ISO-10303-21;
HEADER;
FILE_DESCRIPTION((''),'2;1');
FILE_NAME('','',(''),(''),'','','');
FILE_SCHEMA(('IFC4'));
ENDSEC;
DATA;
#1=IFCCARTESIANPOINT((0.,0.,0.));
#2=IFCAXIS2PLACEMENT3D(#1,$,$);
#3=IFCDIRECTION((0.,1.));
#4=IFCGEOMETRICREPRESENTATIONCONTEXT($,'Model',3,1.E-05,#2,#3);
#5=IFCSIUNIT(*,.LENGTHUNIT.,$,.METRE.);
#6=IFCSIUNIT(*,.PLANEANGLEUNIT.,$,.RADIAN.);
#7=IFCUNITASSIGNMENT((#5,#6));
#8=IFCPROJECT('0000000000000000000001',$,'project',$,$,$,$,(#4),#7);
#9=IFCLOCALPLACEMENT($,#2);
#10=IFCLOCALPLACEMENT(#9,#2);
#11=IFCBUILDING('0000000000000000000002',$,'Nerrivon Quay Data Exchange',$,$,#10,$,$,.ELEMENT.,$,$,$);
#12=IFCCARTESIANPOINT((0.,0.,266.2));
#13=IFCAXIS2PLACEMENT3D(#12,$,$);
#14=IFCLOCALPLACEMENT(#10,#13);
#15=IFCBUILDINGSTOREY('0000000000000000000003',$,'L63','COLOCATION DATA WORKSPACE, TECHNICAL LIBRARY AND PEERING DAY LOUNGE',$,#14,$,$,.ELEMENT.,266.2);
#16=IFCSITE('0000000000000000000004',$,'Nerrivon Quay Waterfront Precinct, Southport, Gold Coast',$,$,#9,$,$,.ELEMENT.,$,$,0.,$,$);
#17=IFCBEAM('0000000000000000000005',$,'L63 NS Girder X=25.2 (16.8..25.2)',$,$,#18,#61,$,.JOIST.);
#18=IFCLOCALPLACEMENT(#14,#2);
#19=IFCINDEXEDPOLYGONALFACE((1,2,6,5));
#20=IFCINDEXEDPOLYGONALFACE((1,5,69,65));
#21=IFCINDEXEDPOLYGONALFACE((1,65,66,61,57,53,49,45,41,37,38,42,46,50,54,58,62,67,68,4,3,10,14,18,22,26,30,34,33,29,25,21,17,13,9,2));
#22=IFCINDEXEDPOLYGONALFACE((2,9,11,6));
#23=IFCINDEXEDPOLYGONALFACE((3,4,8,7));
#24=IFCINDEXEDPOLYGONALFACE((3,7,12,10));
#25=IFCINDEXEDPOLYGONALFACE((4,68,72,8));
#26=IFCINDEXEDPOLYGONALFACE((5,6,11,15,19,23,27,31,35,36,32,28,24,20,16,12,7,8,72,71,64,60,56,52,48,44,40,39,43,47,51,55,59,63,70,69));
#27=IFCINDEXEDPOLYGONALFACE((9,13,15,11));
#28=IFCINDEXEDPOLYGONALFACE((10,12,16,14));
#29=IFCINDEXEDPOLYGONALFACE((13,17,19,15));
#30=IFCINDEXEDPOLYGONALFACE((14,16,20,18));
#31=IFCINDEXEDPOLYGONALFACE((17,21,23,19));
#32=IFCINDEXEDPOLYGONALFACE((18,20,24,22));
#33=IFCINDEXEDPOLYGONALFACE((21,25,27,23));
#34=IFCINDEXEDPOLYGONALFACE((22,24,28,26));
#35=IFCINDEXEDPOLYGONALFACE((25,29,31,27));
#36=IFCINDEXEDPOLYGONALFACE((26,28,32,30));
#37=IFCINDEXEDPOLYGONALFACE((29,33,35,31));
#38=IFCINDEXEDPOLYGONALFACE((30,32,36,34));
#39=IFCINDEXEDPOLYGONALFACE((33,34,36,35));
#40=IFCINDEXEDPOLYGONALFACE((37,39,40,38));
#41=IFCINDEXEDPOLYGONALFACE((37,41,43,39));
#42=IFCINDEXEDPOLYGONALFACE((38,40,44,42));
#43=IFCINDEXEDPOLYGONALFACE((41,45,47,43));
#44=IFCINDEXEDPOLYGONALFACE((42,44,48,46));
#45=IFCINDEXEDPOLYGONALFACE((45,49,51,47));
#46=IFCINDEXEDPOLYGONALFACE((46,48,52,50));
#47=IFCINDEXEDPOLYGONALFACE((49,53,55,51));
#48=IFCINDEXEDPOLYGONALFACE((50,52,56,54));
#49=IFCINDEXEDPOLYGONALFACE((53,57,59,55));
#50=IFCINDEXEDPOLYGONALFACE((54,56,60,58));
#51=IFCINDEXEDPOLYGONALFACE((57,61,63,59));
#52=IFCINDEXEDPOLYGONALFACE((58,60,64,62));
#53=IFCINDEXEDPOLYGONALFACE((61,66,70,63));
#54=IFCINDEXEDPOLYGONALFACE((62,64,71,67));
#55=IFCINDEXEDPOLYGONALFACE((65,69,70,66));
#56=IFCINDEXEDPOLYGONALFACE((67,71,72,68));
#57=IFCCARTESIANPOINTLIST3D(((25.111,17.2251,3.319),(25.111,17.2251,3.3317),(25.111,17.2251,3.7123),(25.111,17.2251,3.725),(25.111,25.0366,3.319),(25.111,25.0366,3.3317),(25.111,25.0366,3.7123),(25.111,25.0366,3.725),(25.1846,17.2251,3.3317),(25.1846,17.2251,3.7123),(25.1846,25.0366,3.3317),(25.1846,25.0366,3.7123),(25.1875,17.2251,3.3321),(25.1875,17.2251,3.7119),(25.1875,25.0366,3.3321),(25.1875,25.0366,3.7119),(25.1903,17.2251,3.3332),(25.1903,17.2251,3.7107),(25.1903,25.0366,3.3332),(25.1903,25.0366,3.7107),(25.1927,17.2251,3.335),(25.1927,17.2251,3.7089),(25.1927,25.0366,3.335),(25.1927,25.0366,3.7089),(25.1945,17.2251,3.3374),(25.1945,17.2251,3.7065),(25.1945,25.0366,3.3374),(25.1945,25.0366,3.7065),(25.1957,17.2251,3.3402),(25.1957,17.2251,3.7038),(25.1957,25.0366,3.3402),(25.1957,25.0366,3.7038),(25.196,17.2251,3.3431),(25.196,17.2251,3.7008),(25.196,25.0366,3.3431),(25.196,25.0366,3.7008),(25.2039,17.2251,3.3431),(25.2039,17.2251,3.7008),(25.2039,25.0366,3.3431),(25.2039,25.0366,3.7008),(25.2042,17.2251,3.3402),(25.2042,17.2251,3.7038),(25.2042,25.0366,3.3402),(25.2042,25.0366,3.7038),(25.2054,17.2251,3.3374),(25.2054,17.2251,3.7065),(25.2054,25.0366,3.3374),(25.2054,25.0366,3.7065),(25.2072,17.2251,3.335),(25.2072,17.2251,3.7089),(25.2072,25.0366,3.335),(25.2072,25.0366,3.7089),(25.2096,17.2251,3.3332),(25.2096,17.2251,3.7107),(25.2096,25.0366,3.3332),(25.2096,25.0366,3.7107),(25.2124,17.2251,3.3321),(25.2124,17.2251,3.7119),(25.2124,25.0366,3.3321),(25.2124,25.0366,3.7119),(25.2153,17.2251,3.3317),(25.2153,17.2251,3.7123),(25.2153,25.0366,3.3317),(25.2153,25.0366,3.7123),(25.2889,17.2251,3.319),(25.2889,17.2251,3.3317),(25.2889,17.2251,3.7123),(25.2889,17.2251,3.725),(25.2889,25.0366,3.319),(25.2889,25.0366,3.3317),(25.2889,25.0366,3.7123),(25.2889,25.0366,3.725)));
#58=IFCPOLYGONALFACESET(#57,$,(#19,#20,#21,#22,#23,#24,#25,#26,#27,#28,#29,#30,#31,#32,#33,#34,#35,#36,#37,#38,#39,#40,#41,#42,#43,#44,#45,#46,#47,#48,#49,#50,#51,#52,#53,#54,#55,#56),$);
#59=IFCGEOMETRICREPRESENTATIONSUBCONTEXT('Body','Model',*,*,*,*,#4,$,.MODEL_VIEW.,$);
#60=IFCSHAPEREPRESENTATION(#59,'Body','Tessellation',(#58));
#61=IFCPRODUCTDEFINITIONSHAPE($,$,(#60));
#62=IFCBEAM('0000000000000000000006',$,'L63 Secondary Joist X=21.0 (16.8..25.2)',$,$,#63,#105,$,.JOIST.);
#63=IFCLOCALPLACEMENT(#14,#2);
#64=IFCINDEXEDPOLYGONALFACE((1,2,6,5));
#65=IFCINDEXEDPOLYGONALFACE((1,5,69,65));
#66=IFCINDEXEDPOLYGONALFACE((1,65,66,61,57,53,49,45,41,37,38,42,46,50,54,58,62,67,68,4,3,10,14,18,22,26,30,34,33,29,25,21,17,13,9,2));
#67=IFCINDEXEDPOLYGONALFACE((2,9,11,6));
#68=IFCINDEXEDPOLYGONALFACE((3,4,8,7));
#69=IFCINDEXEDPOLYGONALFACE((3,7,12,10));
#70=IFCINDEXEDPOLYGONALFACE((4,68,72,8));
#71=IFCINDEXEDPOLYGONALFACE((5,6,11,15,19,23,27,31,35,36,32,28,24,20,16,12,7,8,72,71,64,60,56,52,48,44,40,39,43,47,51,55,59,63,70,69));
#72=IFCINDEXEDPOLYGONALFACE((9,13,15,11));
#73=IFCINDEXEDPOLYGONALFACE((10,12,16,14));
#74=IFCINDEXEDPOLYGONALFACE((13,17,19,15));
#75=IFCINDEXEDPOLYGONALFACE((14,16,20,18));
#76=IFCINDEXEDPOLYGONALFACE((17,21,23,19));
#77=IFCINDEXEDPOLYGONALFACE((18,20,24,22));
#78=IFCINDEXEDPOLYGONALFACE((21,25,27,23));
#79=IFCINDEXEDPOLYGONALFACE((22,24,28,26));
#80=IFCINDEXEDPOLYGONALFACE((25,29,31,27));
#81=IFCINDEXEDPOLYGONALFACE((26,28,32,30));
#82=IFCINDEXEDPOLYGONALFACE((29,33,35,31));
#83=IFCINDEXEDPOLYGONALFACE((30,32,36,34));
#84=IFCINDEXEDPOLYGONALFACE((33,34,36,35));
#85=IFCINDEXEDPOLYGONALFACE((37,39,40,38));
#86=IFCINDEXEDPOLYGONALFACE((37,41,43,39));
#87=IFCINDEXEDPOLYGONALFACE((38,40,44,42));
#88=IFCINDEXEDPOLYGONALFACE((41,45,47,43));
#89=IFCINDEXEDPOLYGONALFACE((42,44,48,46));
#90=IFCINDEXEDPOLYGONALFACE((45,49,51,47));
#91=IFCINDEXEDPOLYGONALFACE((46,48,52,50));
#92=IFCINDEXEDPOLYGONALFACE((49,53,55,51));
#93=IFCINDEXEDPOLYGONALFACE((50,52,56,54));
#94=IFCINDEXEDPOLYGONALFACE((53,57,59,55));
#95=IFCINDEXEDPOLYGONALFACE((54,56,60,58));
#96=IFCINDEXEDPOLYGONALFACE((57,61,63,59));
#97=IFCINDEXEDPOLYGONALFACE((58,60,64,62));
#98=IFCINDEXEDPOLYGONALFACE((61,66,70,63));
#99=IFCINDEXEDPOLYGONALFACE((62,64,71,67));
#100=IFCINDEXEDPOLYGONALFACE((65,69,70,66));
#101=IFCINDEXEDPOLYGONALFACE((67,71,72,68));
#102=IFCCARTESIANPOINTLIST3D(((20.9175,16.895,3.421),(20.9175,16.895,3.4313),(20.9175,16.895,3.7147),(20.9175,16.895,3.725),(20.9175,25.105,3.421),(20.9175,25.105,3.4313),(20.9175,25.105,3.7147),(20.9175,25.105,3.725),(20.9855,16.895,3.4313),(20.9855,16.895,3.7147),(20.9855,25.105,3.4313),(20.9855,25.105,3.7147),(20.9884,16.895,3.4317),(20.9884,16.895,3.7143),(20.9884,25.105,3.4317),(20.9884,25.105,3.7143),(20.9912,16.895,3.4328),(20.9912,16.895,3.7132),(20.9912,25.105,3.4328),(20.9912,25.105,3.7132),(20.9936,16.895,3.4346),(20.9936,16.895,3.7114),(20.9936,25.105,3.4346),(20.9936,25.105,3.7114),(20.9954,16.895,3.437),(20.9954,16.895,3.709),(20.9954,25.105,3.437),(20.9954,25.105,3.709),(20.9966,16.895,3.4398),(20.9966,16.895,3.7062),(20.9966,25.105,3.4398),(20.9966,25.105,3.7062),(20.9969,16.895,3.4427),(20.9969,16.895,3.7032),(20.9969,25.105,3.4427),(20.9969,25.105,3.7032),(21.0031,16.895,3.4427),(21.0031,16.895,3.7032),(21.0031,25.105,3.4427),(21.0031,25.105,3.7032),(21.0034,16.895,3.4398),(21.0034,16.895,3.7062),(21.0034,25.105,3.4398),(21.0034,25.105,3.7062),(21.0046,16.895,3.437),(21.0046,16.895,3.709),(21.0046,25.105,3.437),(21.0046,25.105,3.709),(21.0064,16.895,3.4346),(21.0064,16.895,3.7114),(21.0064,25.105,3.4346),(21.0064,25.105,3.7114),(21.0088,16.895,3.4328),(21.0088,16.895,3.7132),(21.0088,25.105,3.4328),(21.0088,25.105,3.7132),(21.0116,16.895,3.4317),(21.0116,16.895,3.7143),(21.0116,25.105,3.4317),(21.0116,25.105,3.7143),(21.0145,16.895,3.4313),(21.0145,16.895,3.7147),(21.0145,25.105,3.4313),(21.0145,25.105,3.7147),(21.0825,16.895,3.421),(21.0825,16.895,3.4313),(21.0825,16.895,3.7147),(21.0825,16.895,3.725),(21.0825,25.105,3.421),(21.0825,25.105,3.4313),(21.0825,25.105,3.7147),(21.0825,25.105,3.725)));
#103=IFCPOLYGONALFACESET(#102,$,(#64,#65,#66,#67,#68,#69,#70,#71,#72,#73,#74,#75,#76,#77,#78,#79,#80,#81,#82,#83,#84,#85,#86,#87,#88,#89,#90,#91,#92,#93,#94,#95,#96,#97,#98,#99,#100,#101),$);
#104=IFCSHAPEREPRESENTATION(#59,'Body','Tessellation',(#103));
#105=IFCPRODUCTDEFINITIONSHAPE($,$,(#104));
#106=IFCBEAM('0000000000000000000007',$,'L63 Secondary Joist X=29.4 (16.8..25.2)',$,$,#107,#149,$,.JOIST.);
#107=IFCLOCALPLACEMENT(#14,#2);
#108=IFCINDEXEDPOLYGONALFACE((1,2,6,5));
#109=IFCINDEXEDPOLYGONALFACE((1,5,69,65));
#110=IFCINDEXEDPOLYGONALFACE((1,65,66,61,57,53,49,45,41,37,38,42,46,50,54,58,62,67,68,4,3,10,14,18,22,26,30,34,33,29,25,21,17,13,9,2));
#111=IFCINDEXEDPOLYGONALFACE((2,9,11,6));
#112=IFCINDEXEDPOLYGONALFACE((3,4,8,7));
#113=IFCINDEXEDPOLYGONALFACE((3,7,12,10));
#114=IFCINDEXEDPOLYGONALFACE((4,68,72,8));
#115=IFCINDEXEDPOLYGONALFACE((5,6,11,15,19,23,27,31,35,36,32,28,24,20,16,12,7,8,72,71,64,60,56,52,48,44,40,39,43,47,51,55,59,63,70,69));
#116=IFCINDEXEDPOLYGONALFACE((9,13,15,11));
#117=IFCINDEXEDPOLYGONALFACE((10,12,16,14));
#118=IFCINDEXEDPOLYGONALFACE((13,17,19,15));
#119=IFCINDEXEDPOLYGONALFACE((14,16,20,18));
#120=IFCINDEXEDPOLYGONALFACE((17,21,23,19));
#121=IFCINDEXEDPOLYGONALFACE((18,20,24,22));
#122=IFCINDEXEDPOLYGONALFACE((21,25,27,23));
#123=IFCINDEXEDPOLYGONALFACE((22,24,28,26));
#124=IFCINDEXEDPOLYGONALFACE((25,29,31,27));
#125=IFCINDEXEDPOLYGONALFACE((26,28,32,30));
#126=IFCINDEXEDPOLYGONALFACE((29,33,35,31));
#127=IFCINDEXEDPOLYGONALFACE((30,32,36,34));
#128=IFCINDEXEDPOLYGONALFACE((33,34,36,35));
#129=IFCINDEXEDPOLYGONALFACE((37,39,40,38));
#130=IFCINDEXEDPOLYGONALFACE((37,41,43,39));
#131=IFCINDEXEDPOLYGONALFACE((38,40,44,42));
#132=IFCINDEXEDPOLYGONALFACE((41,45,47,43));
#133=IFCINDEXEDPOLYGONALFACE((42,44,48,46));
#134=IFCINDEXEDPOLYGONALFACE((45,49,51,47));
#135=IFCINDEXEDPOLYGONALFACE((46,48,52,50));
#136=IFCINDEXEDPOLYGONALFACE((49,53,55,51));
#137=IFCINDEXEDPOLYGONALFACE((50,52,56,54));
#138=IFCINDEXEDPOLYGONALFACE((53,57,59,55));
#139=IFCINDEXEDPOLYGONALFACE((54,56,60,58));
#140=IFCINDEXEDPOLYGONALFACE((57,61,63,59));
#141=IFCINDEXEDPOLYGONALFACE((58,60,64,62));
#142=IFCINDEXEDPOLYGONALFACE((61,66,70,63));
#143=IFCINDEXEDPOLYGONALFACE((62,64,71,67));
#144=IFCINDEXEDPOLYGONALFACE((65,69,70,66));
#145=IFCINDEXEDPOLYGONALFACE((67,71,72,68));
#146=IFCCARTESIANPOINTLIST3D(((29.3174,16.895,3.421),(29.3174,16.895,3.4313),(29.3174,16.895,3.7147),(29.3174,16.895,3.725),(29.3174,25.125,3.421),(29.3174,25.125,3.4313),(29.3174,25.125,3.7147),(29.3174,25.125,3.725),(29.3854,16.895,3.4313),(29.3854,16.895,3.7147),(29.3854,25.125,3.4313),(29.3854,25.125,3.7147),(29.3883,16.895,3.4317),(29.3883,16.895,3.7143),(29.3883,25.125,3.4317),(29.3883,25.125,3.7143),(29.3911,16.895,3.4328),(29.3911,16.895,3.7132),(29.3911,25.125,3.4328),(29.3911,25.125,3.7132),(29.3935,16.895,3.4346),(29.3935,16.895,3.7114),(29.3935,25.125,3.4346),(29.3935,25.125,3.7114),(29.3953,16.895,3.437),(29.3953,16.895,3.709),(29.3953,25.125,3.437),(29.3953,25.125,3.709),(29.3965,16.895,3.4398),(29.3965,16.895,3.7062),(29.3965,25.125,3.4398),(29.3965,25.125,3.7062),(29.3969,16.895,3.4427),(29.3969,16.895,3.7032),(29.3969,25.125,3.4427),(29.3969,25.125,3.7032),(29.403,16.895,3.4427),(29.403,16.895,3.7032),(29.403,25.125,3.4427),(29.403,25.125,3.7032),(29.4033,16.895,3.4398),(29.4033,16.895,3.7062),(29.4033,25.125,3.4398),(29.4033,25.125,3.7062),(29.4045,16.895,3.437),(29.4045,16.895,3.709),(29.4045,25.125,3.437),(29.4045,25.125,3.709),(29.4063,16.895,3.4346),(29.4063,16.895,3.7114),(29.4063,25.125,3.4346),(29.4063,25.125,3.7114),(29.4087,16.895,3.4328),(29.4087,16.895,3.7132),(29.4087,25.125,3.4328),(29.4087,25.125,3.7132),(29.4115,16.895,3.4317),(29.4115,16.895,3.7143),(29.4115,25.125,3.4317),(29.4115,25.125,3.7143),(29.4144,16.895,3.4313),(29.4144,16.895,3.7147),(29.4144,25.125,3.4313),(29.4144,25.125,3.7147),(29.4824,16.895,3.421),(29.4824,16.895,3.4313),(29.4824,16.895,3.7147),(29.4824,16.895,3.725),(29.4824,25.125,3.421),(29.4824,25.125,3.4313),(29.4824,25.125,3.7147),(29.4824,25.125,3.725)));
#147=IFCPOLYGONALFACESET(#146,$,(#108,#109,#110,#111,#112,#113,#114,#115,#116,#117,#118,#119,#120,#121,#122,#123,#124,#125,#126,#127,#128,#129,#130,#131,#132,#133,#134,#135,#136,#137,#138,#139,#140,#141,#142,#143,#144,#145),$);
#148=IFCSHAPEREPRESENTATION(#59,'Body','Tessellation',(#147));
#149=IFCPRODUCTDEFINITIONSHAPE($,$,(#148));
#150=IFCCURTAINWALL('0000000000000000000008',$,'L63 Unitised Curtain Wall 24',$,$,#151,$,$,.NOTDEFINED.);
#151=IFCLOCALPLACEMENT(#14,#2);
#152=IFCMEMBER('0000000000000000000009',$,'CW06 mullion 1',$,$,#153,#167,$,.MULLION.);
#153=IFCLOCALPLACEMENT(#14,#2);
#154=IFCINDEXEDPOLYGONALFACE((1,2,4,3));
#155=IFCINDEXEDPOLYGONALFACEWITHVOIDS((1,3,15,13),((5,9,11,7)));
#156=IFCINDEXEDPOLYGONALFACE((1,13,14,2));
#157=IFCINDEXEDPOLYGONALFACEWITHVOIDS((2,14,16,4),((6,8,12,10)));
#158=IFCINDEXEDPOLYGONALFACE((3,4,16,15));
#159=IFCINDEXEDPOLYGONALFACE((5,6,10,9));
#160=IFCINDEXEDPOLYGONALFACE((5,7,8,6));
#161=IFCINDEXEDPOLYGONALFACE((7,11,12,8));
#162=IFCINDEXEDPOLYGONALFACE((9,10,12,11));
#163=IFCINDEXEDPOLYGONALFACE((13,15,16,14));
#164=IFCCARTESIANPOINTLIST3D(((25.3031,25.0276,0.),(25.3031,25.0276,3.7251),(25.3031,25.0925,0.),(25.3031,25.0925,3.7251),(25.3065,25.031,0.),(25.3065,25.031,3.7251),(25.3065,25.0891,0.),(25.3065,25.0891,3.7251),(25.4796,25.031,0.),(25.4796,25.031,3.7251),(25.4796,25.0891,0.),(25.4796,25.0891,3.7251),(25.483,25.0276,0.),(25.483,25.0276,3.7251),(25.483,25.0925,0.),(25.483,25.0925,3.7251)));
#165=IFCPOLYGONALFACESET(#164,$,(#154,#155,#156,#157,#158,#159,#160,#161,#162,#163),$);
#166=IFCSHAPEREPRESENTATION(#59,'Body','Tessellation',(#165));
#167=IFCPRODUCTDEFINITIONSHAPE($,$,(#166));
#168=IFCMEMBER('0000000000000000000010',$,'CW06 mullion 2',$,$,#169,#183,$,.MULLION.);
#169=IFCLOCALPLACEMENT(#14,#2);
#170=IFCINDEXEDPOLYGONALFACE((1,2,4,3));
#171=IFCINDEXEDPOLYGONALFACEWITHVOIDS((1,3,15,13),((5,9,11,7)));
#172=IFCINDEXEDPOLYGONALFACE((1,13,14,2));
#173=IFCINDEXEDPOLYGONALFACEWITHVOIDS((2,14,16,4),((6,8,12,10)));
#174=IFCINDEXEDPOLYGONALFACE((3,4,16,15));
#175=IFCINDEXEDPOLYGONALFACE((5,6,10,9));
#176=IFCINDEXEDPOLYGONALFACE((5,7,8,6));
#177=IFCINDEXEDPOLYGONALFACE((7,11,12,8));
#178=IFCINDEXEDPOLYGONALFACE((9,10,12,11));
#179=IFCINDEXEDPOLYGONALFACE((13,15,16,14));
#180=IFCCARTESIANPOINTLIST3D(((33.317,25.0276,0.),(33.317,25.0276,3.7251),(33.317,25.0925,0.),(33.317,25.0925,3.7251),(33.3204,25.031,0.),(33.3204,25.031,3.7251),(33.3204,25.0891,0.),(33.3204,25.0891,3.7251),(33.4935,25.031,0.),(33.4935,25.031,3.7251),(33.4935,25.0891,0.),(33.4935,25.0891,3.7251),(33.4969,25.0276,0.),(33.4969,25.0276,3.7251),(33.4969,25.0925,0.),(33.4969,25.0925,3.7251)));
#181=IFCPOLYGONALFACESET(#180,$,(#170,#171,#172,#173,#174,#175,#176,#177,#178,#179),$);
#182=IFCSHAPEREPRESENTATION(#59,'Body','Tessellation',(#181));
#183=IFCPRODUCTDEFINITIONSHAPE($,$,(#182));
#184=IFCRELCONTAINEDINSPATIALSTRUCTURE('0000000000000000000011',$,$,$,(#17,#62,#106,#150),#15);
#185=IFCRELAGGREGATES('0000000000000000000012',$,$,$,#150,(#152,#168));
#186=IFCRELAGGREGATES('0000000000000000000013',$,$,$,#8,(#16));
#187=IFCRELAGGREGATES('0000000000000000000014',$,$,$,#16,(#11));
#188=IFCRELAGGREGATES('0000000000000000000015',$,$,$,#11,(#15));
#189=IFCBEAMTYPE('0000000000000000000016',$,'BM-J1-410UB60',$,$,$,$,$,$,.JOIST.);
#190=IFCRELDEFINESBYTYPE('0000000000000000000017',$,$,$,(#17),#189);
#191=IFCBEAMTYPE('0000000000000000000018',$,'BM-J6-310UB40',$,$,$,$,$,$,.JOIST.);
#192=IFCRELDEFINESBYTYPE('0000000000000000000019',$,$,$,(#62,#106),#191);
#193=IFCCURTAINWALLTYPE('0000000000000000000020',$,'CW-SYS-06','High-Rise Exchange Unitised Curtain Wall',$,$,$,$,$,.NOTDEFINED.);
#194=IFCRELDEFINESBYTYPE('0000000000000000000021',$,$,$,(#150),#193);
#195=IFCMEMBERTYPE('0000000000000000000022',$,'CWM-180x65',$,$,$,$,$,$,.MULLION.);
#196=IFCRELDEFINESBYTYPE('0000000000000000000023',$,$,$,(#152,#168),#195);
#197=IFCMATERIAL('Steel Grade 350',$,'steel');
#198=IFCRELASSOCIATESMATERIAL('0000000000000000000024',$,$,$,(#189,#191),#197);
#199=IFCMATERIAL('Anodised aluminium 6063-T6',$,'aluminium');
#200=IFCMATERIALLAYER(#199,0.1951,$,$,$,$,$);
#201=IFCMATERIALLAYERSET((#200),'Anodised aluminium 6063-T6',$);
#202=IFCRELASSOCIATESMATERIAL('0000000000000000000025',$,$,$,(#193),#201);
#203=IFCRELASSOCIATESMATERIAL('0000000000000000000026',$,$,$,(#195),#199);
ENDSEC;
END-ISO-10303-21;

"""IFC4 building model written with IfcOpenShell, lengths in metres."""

from ifc_helpers import new_model, si_unit, direction, frame, origin, origin_2d, place, context, subcontext, project, spatial, hollow_rectangle, i_section, extrude, material, layer, layer_set, material_profile, profile_set, type_object, element, aggregate, save


model = new_model("IFC4")

# Units and contexts
model_context = context("Model", 3, precision=1e-05, world=origin(), true_north=direction((0.0, 1.0)))
body_context = subcontext(model_context, "Body", "Model", "MODEL_VIEW")
ifc_project = project(units=[si_unit("LENGTHUNIT", "METRE"), si_unit("PLANEANGLEUNIT", "RADIAN")], contexts=[model_context])

# Site, building, storey
site_placement = place(None, origin())
site = spatial("IfcSite", under=ifc_project, at=site_placement, Name="Nerrivon Quay Waterfront Precinct, Southport, Gold Coast", CompositionType="ELEMENT", RefElevation=0.0)
building_placement = place(site_placement, origin())
building = spatial("IfcBuilding", under=site, at=building_placement, Name="Nerrivon Quay Data Exchange", CompositionType="ELEMENT")
storey_placement = place(building_placement, frame((0.0, 0.0, 266.2)))
storey = spatial("IfcBuildingStorey", under=building, at=storey_placement, Name="L63", Description="COLOCATION DATA WORKSPACE, TECHNICAL LIBRARY AND PEERING DAY LOUNGE", CompositionType="ELEMENT", Elevation=266.2)

# Beams
ifc_material_1 = material(Name="Steel Grade 350", Category="steel")
ifc_material_profile_1 = material_profile(ifc_material_1, i_section(OverallWidth=0.178, OverallDepth=0.406, WebThickness=0.0078, FlangeThickness=0.0127, FilletRadius=0.0115, at=origin_2d()), Name="410UB59.7")
ifc_profile_set_1 = profile_set([ifc_material_profile_1], Name="Steel Grade 350")
beam_type_1 = type_object("IfcBeamType", Name="BM-J1-410UB60", PredefinedType="JOIST", material=ifc_profile_set_1)
beam_1_placement = place(storey_placement, frame((25.2, 17.2251, 3.522), z_axis=(0.0, 1.0, 0.0), x_axis=(-1.0, 0.0, 0.0)))
element("IfcBeam", 1, at=beam_1_placement, inside=storey, type_object=beam_type_1, Name="L63 NS Girder X=25.2 (16.8..25.2)", PredefinedType="JOIST", context=body_context, shape_type="SweptSolid", body=[
    extrude(i_section(OverallWidth=0.178, OverallDepth=0.406, WebThickness=0.0078, FlangeThickness=0.0127, FilletRadius=0.0115, at=origin_2d()), origin(), (0.0, 0.0, 1.0), 7.8115),
])
ifc_material_profile_2 = material_profile(ifc_material_1, i_section(OverallWidth=0.165, OverallDepth=0.304, WebThickness=0.0061, FlangeThickness=0.0103, FilletRadius=0.0115, at=origin_2d()), Name="310UB40.4")
ifc_profile_set_2 = profile_set([ifc_material_profile_2], Name="Steel Grade 350")
beam_type_2 = type_object("IfcBeamType", Name="BM-J6-310UB40", PredefinedType="JOIST", material=ifc_profile_set_2)
beam_2_placement = place(storey_placement, frame((21.0, 16.895, 3.573), z_axis=(0.0, 1.0, 0.0), x_axis=(-1.0, 0.0, 0.0)))
element("IfcBeam", 2, at=beam_2_placement, inside=storey, type_object=beam_type_2, Name="L63 Secondary Joist X=21.0 (16.8..25.2)", PredefinedType="JOIST", context=body_context, shape_type="SweptSolid", body=[
    extrude(i_section(OverallWidth=0.165, OverallDepth=0.304, WebThickness=0.0061, FlangeThickness=0.0103, FilletRadius=0.0115, at=origin_2d()), origin(), (0.0, 0.0, 1.0), 8.21),
])
beam_3_placement = place(storey_placement, frame((29.3999, 16.895, 3.573), z_axis=(0.0, 1.0, 0.0), x_axis=(-1.0, 0.0, 0.0)))
element("IfcBeam", 3, at=beam_3_placement, inside=storey, type_object=beam_type_2, Name="L63 Secondary Joist X=29.4 (16.8..25.2)", PredefinedType="JOIST", context=body_context, shape_type="SweptSolid", body=[
    extrude(i_section(OverallWidth=0.165, OverallDepth=0.304, WebThickness=0.0061, FlangeThickness=0.0103, FilletRadius=0.0115, at=origin_2d()), origin(), (0.0, 0.0, 1.0), 8.23),
])

# Curtain wall, members
ifc_material_2 = material(Name="Anodised aluminium 6063-T6", Category="aluminium")
ifc_layer_1 = layer(ifc_material_2, 0.1951)
ifc_layer_set_1 = layer_set([ifc_layer_1], Name="Anodised aluminium 6063-T6")
curtain_wall_type = type_object("IfcCurtainWallType", Name="CW-SYS-06", Description="High-Rise Exchange Unitised Curtain Wall", PredefinedType="NOTDEFINED", material=ifc_layer_set_1)
curtain_wall_placement = place(storey_placement, origin())
curtain_wall = element("IfcCurtainWall", 4, at=curtain_wall_placement, inside=storey, type_object=curtain_wall_type, Name="L63 Unitised Curtain Wall 24", PredefinedType="NOTDEFINED")
ifc_material_profile_3 = material_profile(ifc_material_2, hollow_rectangle(XDim=0.0649, YDim=0.1799, WallThickness=0.0034, at=origin_2d()), Name="ALU-MULL-180x65")
ifc_profile_set_3 = profile_set([ifc_material_profile_3], Name="Anodised aluminium 6063-T6")
member_type_1 = type_object("IfcMemberType", Name="CWM-180x65", PredefinedType="MULLION", material=ifc_profile_set_3)
member_1_placement = place(storey_placement, frame((25.3931, 25.0601, 0.0), z_axis=(0.0, 0.0, 1.0), x_axis=(0.0, 1.0, 0.0)))
member_1 = element("IfcMember", 5, at=member_1_placement, type_object=member_type_1, Name="CW06 mullion 1", PredefinedType="MULLION", context=body_context, shape_type="SweptSolid", body=[
    extrude(hollow_rectangle(XDim=0.0649, YDim=0.1799, WallThickness=0.0034, at=origin_2d()), origin(), (0.0, 0.0, 1.0), 3.7251),
])
member_2_placement = place(storey_placement, frame((33.407, 25.0601, 0.0), z_axis=(0.0, 0.0, 1.0), x_axis=(0.0, 1.0, 0.0)))
member_2 = element("IfcMember", 6, at=member_2_placement, type_object=member_type_1, Name="CW06 mullion 2", PredefinedType="MULLION", context=body_context, shape_type="SweptSolid", body=[
    extrude(hollow_rectangle(XDim=0.0649, YDim=0.1799, WallThickness=0.0034, at=origin_2d()), origin(), (0.0, 0.0, 1.0), 3.7251),
])
aggregate(curtain_wall, [member_1, member_2])

save(model, "model.ifc")
